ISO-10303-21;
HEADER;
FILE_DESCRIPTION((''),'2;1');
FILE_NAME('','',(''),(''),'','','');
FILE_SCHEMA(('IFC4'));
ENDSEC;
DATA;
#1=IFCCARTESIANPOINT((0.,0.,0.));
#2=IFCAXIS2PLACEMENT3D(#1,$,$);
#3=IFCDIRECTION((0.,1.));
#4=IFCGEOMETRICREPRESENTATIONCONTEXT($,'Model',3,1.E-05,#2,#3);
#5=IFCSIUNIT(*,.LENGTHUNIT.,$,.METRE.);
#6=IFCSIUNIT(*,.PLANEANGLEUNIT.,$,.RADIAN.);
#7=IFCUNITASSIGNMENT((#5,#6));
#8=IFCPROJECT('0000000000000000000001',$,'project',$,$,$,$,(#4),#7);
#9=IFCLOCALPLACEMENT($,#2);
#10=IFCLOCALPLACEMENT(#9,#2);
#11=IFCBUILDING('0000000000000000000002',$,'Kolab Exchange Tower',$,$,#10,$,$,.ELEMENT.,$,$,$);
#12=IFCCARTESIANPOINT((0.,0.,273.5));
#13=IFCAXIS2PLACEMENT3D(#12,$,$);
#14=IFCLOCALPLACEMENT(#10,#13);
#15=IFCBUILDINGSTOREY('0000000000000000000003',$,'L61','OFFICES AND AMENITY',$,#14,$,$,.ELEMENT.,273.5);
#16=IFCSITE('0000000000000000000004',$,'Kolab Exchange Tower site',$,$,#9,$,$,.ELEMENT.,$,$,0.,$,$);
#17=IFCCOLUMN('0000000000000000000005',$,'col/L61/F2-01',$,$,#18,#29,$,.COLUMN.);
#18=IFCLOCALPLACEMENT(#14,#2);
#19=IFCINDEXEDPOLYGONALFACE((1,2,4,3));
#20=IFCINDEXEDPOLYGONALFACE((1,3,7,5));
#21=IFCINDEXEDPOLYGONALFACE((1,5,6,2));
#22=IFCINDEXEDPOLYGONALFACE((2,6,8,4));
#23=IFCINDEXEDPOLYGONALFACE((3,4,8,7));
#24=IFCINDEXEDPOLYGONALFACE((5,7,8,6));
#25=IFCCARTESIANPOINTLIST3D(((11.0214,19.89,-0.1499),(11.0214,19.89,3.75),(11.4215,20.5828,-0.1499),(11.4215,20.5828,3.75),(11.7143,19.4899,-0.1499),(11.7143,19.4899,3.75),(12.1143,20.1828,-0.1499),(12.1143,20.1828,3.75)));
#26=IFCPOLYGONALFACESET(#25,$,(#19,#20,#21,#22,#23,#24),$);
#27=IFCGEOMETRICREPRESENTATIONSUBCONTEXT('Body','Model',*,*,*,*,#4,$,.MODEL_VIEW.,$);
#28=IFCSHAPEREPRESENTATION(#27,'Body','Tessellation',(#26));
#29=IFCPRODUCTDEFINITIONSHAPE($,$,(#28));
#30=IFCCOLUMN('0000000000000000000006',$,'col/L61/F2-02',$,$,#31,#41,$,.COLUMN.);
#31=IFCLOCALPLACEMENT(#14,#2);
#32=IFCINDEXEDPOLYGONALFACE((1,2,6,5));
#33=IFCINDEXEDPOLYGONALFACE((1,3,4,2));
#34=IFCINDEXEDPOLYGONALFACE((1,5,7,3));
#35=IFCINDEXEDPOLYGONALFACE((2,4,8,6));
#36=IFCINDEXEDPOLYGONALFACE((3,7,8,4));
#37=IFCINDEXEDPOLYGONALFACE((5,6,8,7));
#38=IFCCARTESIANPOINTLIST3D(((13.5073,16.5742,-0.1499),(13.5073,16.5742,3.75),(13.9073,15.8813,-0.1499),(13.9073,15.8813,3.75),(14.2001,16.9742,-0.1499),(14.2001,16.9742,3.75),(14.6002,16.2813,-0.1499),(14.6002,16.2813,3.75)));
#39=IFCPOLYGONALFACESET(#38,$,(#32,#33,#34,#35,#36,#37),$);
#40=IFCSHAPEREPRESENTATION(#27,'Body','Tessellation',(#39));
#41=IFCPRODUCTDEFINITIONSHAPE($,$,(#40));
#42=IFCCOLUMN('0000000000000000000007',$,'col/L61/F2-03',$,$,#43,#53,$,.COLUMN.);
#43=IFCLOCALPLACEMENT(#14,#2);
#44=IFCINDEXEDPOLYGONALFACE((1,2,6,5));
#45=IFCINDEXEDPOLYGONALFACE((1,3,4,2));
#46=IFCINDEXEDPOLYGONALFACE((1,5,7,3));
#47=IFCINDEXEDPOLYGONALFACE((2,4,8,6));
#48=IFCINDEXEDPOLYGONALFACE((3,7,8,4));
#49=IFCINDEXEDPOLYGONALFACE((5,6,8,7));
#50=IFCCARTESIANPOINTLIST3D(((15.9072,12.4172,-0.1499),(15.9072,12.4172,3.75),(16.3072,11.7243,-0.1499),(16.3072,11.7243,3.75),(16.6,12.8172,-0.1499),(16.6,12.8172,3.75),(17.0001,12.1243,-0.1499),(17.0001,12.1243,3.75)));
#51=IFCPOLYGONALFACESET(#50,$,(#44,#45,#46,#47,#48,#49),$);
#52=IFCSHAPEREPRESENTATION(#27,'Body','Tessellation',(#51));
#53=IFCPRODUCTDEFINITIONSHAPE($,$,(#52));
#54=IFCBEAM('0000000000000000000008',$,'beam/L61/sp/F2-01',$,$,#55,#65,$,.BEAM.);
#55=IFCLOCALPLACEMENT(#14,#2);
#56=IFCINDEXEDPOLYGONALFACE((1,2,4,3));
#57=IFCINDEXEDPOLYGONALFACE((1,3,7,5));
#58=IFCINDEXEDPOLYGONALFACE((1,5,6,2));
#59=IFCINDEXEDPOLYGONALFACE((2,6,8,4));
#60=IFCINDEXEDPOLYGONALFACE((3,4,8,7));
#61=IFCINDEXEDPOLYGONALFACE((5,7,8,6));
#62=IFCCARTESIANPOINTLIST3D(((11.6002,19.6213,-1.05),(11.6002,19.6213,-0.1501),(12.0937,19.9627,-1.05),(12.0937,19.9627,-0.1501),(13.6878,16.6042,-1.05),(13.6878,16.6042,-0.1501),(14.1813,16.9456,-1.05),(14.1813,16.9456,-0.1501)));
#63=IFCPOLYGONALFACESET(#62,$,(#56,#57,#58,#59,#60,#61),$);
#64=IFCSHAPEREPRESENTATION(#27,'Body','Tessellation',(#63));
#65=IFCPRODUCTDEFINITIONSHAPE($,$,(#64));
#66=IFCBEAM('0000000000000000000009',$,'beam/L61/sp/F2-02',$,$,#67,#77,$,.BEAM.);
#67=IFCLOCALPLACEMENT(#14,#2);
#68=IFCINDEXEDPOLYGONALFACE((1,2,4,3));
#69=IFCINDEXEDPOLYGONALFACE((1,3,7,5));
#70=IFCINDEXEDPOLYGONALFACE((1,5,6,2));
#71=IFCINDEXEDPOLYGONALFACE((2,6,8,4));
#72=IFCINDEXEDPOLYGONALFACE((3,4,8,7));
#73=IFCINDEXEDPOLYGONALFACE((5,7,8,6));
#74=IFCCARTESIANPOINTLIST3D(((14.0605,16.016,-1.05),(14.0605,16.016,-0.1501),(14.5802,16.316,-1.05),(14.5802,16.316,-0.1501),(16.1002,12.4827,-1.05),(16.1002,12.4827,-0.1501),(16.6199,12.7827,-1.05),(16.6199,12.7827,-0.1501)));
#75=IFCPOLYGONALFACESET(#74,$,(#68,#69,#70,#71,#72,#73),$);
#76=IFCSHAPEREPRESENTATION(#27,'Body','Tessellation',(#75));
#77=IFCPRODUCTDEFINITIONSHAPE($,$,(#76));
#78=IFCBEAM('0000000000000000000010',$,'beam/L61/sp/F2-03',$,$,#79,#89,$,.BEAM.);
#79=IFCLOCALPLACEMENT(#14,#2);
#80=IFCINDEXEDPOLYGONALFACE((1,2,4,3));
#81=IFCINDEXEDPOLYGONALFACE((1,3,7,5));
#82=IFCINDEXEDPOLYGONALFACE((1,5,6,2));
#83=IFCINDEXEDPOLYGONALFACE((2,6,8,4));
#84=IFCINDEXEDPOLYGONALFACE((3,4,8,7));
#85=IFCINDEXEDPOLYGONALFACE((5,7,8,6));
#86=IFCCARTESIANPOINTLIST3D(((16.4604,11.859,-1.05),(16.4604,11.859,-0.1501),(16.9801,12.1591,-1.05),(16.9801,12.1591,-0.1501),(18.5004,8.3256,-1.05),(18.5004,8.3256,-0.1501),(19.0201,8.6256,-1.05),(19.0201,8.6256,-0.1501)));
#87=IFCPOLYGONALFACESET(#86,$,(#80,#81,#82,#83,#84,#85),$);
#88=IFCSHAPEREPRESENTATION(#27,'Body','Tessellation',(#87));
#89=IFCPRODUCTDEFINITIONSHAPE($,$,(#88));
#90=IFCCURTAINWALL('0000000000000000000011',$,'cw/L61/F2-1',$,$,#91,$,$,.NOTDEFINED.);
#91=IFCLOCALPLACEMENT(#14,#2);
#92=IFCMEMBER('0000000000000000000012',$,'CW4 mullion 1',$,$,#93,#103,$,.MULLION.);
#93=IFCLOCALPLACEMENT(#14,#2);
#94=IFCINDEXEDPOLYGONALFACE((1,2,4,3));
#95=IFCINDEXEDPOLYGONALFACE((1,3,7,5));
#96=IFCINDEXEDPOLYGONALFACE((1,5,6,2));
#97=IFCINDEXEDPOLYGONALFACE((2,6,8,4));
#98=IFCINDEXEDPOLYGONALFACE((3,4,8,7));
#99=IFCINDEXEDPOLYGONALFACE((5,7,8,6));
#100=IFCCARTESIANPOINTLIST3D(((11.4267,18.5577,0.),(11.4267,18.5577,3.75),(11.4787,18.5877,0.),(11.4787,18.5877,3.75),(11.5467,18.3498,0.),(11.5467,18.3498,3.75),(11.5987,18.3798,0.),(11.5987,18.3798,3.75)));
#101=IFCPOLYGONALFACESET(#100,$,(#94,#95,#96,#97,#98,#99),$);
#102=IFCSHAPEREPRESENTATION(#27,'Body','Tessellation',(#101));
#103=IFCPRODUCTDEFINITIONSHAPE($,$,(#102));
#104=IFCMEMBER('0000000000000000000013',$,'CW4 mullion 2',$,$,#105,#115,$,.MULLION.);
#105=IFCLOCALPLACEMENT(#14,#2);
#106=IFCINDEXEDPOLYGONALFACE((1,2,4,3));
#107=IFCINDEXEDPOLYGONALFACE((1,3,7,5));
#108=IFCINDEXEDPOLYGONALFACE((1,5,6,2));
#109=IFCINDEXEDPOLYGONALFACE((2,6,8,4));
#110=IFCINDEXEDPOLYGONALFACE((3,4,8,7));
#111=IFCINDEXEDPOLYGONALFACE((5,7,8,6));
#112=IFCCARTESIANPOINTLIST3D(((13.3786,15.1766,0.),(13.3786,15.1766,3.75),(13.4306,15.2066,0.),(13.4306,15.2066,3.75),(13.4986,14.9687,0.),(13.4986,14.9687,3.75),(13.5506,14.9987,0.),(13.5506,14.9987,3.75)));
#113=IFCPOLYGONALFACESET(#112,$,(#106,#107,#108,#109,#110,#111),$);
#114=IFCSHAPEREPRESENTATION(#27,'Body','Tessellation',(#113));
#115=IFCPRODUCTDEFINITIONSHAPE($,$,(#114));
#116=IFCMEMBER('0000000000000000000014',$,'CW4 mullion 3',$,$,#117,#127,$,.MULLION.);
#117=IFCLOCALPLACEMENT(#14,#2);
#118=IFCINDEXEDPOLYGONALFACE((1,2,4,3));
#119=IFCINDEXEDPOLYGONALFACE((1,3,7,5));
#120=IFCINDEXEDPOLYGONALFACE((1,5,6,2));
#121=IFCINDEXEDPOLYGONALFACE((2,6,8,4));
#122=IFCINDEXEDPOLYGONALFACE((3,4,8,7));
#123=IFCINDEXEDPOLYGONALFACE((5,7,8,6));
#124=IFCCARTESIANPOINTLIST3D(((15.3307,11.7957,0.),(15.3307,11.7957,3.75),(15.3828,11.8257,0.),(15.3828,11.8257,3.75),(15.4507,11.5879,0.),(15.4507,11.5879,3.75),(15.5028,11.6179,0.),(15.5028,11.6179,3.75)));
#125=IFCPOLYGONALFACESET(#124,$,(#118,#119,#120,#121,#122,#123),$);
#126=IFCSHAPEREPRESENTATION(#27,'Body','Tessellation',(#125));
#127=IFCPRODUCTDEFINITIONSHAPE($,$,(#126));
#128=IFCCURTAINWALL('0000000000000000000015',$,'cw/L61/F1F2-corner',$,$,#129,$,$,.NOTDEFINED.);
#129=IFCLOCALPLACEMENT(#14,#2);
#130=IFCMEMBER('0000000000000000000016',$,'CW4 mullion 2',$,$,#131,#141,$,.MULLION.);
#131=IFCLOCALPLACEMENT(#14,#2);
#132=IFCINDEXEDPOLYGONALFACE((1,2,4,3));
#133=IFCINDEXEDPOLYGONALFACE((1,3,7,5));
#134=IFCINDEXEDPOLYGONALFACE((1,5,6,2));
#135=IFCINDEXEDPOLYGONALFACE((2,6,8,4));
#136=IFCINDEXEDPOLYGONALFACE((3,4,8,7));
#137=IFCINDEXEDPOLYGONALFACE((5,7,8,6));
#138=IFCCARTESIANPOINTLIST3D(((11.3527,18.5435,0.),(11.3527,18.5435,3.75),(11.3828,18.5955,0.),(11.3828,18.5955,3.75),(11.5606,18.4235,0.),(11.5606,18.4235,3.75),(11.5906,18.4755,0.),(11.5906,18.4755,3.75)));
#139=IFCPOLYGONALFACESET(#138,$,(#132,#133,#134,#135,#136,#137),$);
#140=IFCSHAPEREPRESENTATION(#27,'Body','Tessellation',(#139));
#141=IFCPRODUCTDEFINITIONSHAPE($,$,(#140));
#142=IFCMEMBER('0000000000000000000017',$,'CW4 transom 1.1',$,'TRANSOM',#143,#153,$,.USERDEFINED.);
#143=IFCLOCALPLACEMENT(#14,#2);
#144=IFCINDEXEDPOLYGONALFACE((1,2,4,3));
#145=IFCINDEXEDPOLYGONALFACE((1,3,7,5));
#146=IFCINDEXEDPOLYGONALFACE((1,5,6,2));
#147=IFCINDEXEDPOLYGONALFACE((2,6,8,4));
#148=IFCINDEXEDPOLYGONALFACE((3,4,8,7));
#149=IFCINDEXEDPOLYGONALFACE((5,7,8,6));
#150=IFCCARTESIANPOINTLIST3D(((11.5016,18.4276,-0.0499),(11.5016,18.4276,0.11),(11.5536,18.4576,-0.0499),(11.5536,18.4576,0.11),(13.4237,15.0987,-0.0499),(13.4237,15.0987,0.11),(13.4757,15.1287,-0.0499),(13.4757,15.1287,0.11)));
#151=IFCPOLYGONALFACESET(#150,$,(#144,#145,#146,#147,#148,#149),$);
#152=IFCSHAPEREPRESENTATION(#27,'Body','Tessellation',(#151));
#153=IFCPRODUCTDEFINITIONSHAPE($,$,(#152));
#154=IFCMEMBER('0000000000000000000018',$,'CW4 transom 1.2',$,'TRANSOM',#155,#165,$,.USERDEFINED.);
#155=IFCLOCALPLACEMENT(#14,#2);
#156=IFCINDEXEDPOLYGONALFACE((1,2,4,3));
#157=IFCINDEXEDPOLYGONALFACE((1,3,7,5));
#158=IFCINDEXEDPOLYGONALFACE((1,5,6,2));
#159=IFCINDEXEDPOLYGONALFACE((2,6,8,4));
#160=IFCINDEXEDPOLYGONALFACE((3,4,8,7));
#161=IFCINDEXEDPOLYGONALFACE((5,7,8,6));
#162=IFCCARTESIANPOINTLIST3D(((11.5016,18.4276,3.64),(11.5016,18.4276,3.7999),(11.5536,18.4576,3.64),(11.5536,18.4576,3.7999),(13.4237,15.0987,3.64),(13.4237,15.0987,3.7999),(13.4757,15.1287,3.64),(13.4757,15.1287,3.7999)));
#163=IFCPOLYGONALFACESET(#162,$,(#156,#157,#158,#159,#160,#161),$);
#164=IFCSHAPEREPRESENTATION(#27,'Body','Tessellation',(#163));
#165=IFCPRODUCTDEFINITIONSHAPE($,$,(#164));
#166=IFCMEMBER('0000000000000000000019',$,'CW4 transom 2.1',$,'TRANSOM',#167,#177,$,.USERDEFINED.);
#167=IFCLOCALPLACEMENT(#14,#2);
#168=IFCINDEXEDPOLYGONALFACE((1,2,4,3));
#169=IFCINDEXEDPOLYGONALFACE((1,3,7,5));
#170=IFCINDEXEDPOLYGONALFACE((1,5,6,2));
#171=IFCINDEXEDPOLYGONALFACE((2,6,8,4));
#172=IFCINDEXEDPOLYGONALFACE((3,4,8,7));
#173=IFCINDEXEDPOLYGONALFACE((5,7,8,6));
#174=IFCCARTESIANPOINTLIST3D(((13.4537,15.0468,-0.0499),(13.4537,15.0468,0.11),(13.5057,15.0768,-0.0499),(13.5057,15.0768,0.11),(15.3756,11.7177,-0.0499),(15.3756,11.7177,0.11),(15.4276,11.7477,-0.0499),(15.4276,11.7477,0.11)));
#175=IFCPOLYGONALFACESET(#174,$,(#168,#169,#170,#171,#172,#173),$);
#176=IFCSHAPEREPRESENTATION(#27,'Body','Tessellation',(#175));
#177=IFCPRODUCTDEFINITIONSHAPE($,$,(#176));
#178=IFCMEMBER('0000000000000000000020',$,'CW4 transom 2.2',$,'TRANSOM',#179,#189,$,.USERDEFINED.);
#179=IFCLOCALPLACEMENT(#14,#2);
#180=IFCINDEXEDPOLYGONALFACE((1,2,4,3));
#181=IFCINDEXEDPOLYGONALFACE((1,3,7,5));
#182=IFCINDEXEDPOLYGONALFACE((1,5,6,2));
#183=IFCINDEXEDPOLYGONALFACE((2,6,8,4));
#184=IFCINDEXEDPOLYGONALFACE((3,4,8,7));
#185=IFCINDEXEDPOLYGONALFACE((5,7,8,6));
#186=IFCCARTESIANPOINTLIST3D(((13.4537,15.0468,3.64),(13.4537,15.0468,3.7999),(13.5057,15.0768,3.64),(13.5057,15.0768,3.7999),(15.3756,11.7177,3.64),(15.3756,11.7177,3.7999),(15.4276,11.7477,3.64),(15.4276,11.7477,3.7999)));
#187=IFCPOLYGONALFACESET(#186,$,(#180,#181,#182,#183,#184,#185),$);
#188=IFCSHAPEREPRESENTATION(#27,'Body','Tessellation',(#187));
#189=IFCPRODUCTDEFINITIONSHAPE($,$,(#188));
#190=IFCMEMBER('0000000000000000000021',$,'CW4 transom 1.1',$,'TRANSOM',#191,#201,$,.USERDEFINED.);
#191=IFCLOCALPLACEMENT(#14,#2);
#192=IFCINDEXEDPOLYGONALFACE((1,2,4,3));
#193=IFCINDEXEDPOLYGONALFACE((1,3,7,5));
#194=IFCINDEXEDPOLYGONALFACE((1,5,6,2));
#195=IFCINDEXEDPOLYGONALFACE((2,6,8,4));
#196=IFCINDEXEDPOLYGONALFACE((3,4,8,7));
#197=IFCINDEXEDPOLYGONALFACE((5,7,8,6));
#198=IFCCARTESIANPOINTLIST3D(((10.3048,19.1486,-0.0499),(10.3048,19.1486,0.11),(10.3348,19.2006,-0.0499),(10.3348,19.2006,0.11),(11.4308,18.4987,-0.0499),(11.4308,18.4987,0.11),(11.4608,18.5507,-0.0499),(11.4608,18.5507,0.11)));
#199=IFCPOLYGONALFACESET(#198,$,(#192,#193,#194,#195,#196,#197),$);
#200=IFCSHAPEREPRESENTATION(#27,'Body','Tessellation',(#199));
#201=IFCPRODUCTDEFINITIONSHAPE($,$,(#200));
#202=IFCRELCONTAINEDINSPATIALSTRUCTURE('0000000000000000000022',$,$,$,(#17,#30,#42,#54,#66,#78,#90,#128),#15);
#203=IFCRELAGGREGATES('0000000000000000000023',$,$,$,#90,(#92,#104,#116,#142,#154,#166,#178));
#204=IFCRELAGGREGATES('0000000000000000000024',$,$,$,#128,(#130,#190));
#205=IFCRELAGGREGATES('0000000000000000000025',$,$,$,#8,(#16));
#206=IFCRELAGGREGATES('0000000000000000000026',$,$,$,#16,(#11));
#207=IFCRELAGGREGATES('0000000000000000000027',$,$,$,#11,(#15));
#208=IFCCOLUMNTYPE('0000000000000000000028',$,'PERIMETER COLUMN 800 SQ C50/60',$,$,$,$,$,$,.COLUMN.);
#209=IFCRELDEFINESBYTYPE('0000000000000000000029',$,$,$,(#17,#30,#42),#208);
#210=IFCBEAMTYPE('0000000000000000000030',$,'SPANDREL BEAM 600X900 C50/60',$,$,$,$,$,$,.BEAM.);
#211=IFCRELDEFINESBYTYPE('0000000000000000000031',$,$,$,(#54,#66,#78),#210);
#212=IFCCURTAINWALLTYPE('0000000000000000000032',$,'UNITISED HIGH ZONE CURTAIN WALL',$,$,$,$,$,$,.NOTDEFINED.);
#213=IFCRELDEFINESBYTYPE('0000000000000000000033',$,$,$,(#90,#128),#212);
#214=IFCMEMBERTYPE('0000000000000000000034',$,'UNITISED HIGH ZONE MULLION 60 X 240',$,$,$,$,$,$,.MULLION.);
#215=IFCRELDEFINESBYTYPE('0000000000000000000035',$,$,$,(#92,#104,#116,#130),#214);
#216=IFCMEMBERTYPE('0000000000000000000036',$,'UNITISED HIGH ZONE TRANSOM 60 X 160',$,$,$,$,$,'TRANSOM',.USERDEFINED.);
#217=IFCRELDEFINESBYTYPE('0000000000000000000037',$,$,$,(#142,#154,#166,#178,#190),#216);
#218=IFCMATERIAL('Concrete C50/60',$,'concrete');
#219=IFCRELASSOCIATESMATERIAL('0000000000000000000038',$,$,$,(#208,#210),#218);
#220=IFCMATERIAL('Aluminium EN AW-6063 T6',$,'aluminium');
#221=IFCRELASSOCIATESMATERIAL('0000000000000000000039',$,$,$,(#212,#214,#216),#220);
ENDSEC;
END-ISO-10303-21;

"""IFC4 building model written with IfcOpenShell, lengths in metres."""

from ifc_helpers import new_model, si_unit, direction, frame, origin, origin_2d, place, context, subcontext, project, spatial, rectangle, extrude, material, material_profile, profile_set, type_object, element, aggregate, save


model = new_model("IFC4")

# Units and contexts
model_context = context("Model", 3, precision=1e-05, world=origin(), true_north=direction((0.0, 1.0)))
body_context = subcontext(model_context, "Body", "Model", "MODEL_VIEW")
ifc_project = project(units=[si_unit("LENGTHUNIT", "METRE"), si_unit("PLANEANGLEUNIT", "RADIAN")], contexts=[model_context])

# Site, building, storey
site_placement = place(None, origin())
site = spatial("IfcSite", under=ifc_project, at=site_placement, Name="Kolab Exchange Tower site", CompositionType="ELEMENT", RefElevation=0.0)
building_placement = place(site_placement, origin())
building = spatial("IfcBuilding", under=site, at=building_placement, Name="Kolab Exchange Tower", CompositionType="ELEMENT")
storey_placement = place(building_placement, frame((0.0, 0.0, 273.5)))
storey = spatial("IfcBuildingStorey", under=building, at=storey_placement, Name="L61", Description="OFFICES AND AMENITY", CompositionType="ELEMENT", Elevation=273.5)

# Columns
ifc_material_1 = material(Name="Concrete C50/60", Category="concrete")
ifc_material_profile_1 = material_profile(ifc_material_1, rectangle(XDim=0.8, YDim=0.8, at=origin_2d()), Name="RC800")
ifc_profile_set_1 = profile_set([ifc_material_profile_1], Name="Concrete C50/60")
column_type = type_object("IfcColumnType", Name="PERIMETER COLUMN 800 SQ C50/60", PredefinedType="COLUMN", material=ifc_profile_set_1)
for number, where, z_axis, x_axis, name in (
    (1, (11.5679, 20.0364, -0.1499), (0.0, 0.0, 1.0), (0.5, 0.866025, 0.0), "col/L61/F2-01"),
    (2, (14.0537, 16.4277, -0.1499), (0.0, 0.0, 1.0), (0.866025, 0.5, 0.0), "col/L61/F2-02"),
    (3, (16.4536, 12.2708, -0.1499), (0.0, 0.0, 1.0), (0.866025, 0.5, 0.0), "col/L61/F2-03"),
):
    element("IfcColumn", number, at=place(storey_placement, frame(where, z_axis=z_axis, x_axis=x_axis)), inside=storey, type_object=column_type, Name=name, PredefinedType="COLUMN", context=body_context, shape_type="SweptSolid", body=[
        extrude(rectangle(XDim=0.8, YDim=0.8, at=origin_2d()), origin(), (0.0, 0.0, 1.0), 3.8999),
    ])

# Beams
ifc_material_profile_2 = material_profile(ifc_material_1, rectangle(XDim=0.6001, YDim=0.8999, at=origin_2d()), Name="RC600X900")
ifc_profile_set_2 = profile_set([ifc_material_profile_2], Name="Concrete C50/60")
beam_type = type_object("IfcBeamType", Name="SPANDREL BEAM 600X900 C50/60", PredefinedType="BEAM", material=ifc_profile_set_2)
beam_1_placement = place(storey_placement, frame((11.8469, 19.792, -0.6001), z_axis=(0.569006, -0.822334, 0.0), x_axis=(0.822334, 0.569006, 0.0)))
element("IfcBeam", 4, at=beam_1_placement, inside=storey, type_object=beam_type, Name="beam/L61/sp/F2-01", PredefinedType="BEAM", context=body_context, shape_type="SweptSolid", body=[
    extrude(rectangle(XDim=0.6001, YDim=0.8999, at=origin_2d()), origin(), (0.0, 0.0, 1.0), 3.6689),
])
beam_2_placement = place(storey_placement, frame((14.3203, 16.166, -0.6001), z_axis=(0.499956, -0.866051, 0.0), x_axis=(0.866051, 0.499956, 0.0)))
element("IfcBeam", 5, at=beam_2_placement, inside=storey, type_object=beam_type, Name="beam/L61/sp/F2-02", PredefinedType="BEAM", context=body_context, shape_type="SweptSolid", body=[
    extrude(rectangle(XDim=0.6001, YDim=0.8999, at=origin_2d()), origin(), (0.0, 0.0, 1.0), 4.0798),
])
beam_3_placement = place(storey_placement, frame((16.7202, 12.009, -0.6001), z_axis=(0.5, -0.866025, 0.0), x_axis=(0.866025, 0.5, 0.0)))
element("IfcBeam", 6, at=beam_3_placement, inside=storey, type_object=beam_type, Name="beam/L61/sp/F2-03", PredefinedType="BEAM", context=body_context, shape_type="SweptSolid", body=[
    extrude(rectangle(XDim=0.6001, YDim=0.8999, at=origin_2d()), origin(), (0.0, 0.0, 1.0), 4.0801),
])

# Curtain wall, members
ifc_material_2 = material(Name="Aluminium EN AW-6063 T6", Category="aluminium")
curtain_wall_type = type_object("IfcCurtainWallType", Name="UNITISED HIGH ZONE CURTAIN WALL", PredefinedType="NOTDEFINED", material=ifc_material_2)
curtain_wall_1_placement = place(storey_placement, origin())
curtain_wall_1 = element("IfcCurtainWall", 7, at=curtain_wall_1_placement, inside=storey, type_object=curtain_wall_type, Name="cw/L61/F2-1", PredefinedType="NOTDEFINED")
ifc_material_profile_3 = material_profile(ifc_material_2, rectangle(XDim=0.0601, YDim=0.24, at=origin_2d()), Name="RECT 60X240")
ifc_profile_set_3 = profile_set([ifc_material_profile_3], Name="Aluminium EN AW-6063 T6")
member_type_1 = type_object("IfcMemberType", Name="UNITISED HIGH ZONE MULLION 60 X 240", PredefinedType="MULLION", material=ifc_profile_set_3)
member_1_placement = place(storey_placement, frame((11.5127, 18.4688, 0.0), z_axis=(0.0, 0.0, 1.0), x_axis=(0.866025, 0.5, 0.0)))
member_1 = element("IfcMember", 8, at=member_1_placement, type_object=member_type_1, Name="CW4 mullion 1", PredefinedType="MULLION", context=body_context, shape_type="SweptSolid", body=[
    extrude(rectangle(XDim=0.0601, YDim=0.24, at=origin_2d()), origin(), (0.0, 0.0, 1.0), 3.75),
])
member_2_placement = place(storey_placement, frame((13.4646, 15.0876, 0.0), z_axis=(0.0, 0.0, 1.0), x_axis=(0.866025, 0.5, 0.0)))
member_2 = element("IfcMember", 9, at=member_2_placement, type_object=member_type_1, Name="CW4 mullion 2", PredefinedType="MULLION", context=body_context, shape_type="SweptSolid", body=[
    extrude(rectangle(XDim=0.0601, YDim=0.24, at=origin_2d()), origin(), (0.0, 0.0, 1.0), 3.75),
])
member_3_placement = place(storey_placement, frame((15.4167, 11.7068, 0.0), z_axis=(0.0, 0.0, 1.0), x_axis=(0.866025, 0.5, 0.0)))
member_3 = element("IfcMember", 10, at=member_3_placement, type_object=member_type_1, Name="CW4 mullion 3", PredefinedType="MULLION", context=body_context, shape_type="SweptSolid", body=[
    extrude(rectangle(XDim=0.0601, YDim=0.24, at=origin_2d()), origin(), (0.0, 0.0, 1.0), 3.75),
])

# Curtain wall, member
curtain_wall_2_placement = place(storey_placement, origin())
curtain_wall_2 = element("IfcCurtainWall", 11, at=curtain_wall_2_placement, inside=storey, type_object=curtain_wall_type, Name="cw/L61/F1F2-corner", PredefinedType="NOTDEFINED")
member_4_placement = place(storey_placement, frame((11.4717, 18.5095, 0.0), z_axis=(0.0, 0.0, 1.0), x_axis=(0.5, 0.866025, 0.0)))
member_4 = element("IfcMember", 12, at=member_4_placement, type_object=member_type_1, Name="CW4 mullion 2", PredefinedType="MULLION", context=body_context, shape_type="SweptSolid", body=[
    extrude(rectangle(XDim=0.0601, YDim=0.24, at=origin_2d()), origin(), (0.0, 0.0, 1.0), 3.75),
])

# Members
ifc_material_profile_4 = material_profile(ifc_material_2, rectangle(XDim=0.0601, YDim=0.1599, at=origin_2d()), Name="RECT 60X160")
ifc_profile_set_4 = profile_set([ifc_material_profile_4], Name="Aluminium EN AW-6063 T6")
member_type_2 = type_object("IfcMemberType", Name="UNITISED HIGH ZONE TRANSOM 60 X 160", ElementType="TRANSOM", PredefinedType="USERDEFINED", material=ifc_profile_set_4)
member_5_placement = place(storey_placement, frame((11.5276, 18.4426, 0.03), z_axis=(0.500039, -0.866003, 0.0), x_axis=(0.866003, 0.500039, 0.0)))
member_5 = element("IfcMember", 13, at=member_5_placement, type_object=member_type_2, Name="CW4 transom 1.1", ObjectType="TRANSOM", PredefinedType="USERDEFINED", context=body_context, shape_type="SweptSolid", body=[
    extrude(rectangle(XDim=0.0601, YDim=0.1599, at=origin_2d()), origin(), (0.0, 0.0, 1.0), 3.844),
])
member_6_placement = place(storey_placement, frame((11.5276, 18.4426, 3.72), z_axis=(0.500039, -0.866003, 0.0), x_axis=(0.866003, 0.500039, 0.0)))
member_6 = element("IfcMember", 14, at=member_6_placement, type_object=member_type_2, Name="CW4 transom 1.2", ObjectType="TRANSOM", PredefinedType="USERDEFINED", context=body_context, shape_type="SweptSolid", body=[
    extrude(rectangle(XDim=0.0601, YDim=0.1599, at=origin_2d()), origin(), (0.0, 0.0, 1.0), 3.844),
])
member_7_placement = place(storey_placement, frame((13.4797, 15.0618, 0.03), z_axis=(0.499964, -0.866046, 0.0), x_axis=(0.866046, 0.499964, 0.0)))
member_7 = element("IfcMember", 15, at=member_7_placement, type_object=member_type_2, Name="CW4 transom 2.1", ObjectType="TRANSOM", PredefinedType="USERDEFINED", context=body_context, shape_type="SweptSolid", body=[
    extrude(rectangle(XDim=0.0601, YDim=0.1599, at=origin_2d()), origin(), (0.0, 0.0, 1.0), 3.844),
])
member_8_placement = place(storey_placement, frame((13.4797, 15.0618, 3.72), z_axis=(0.499964, -0.866046, 0.0), x_axis=(0.866046, 0.499964, 0.0)))
member_8 = element("IfcMember", 16, at=member_8_placement, type_object=member_type_2, Name="CW4 transom 2.2", ObjectType="TRANSOM", PredefinedType="USERDEFINED", context=body_context, shape_type="SweptSolid", body=[
    extrude(rectangle(XDim=0.0601, YDim=0.1599, at=origin_2d()), origin(), (0.0, 0.0, 1.0), 3.844),
])
member_9_placement = place(storey_placement, frame((10.3198, 19.1746, 0.03), z_axis=(0.866086, -0.499896, 0.0), x_axis=(0.499896, 0.866086, 0.0)))
member_9 = element("IfcMember", 17, at=member_9_placement, type_object=member_type_2, Name="CW4 transom 1.1", ObjectType="TRANSOM", PredefinedType="USERDEFINED", context=body_context, shape_type="SweptSolid", body=[
    extrude(rectangle(XDim=0.0601, YDim=0.1599, at=origin_2d()), origin(), (0.0, 0.0, 1.0), 1.3),
])

aggregate(curtain_wall_1, [member_1, member_2, member_3, member_5, member_6, member_7, member_8])
aggregate(curtain_wall_2, [member_4, member_9])

save(model, "model.ifc")
